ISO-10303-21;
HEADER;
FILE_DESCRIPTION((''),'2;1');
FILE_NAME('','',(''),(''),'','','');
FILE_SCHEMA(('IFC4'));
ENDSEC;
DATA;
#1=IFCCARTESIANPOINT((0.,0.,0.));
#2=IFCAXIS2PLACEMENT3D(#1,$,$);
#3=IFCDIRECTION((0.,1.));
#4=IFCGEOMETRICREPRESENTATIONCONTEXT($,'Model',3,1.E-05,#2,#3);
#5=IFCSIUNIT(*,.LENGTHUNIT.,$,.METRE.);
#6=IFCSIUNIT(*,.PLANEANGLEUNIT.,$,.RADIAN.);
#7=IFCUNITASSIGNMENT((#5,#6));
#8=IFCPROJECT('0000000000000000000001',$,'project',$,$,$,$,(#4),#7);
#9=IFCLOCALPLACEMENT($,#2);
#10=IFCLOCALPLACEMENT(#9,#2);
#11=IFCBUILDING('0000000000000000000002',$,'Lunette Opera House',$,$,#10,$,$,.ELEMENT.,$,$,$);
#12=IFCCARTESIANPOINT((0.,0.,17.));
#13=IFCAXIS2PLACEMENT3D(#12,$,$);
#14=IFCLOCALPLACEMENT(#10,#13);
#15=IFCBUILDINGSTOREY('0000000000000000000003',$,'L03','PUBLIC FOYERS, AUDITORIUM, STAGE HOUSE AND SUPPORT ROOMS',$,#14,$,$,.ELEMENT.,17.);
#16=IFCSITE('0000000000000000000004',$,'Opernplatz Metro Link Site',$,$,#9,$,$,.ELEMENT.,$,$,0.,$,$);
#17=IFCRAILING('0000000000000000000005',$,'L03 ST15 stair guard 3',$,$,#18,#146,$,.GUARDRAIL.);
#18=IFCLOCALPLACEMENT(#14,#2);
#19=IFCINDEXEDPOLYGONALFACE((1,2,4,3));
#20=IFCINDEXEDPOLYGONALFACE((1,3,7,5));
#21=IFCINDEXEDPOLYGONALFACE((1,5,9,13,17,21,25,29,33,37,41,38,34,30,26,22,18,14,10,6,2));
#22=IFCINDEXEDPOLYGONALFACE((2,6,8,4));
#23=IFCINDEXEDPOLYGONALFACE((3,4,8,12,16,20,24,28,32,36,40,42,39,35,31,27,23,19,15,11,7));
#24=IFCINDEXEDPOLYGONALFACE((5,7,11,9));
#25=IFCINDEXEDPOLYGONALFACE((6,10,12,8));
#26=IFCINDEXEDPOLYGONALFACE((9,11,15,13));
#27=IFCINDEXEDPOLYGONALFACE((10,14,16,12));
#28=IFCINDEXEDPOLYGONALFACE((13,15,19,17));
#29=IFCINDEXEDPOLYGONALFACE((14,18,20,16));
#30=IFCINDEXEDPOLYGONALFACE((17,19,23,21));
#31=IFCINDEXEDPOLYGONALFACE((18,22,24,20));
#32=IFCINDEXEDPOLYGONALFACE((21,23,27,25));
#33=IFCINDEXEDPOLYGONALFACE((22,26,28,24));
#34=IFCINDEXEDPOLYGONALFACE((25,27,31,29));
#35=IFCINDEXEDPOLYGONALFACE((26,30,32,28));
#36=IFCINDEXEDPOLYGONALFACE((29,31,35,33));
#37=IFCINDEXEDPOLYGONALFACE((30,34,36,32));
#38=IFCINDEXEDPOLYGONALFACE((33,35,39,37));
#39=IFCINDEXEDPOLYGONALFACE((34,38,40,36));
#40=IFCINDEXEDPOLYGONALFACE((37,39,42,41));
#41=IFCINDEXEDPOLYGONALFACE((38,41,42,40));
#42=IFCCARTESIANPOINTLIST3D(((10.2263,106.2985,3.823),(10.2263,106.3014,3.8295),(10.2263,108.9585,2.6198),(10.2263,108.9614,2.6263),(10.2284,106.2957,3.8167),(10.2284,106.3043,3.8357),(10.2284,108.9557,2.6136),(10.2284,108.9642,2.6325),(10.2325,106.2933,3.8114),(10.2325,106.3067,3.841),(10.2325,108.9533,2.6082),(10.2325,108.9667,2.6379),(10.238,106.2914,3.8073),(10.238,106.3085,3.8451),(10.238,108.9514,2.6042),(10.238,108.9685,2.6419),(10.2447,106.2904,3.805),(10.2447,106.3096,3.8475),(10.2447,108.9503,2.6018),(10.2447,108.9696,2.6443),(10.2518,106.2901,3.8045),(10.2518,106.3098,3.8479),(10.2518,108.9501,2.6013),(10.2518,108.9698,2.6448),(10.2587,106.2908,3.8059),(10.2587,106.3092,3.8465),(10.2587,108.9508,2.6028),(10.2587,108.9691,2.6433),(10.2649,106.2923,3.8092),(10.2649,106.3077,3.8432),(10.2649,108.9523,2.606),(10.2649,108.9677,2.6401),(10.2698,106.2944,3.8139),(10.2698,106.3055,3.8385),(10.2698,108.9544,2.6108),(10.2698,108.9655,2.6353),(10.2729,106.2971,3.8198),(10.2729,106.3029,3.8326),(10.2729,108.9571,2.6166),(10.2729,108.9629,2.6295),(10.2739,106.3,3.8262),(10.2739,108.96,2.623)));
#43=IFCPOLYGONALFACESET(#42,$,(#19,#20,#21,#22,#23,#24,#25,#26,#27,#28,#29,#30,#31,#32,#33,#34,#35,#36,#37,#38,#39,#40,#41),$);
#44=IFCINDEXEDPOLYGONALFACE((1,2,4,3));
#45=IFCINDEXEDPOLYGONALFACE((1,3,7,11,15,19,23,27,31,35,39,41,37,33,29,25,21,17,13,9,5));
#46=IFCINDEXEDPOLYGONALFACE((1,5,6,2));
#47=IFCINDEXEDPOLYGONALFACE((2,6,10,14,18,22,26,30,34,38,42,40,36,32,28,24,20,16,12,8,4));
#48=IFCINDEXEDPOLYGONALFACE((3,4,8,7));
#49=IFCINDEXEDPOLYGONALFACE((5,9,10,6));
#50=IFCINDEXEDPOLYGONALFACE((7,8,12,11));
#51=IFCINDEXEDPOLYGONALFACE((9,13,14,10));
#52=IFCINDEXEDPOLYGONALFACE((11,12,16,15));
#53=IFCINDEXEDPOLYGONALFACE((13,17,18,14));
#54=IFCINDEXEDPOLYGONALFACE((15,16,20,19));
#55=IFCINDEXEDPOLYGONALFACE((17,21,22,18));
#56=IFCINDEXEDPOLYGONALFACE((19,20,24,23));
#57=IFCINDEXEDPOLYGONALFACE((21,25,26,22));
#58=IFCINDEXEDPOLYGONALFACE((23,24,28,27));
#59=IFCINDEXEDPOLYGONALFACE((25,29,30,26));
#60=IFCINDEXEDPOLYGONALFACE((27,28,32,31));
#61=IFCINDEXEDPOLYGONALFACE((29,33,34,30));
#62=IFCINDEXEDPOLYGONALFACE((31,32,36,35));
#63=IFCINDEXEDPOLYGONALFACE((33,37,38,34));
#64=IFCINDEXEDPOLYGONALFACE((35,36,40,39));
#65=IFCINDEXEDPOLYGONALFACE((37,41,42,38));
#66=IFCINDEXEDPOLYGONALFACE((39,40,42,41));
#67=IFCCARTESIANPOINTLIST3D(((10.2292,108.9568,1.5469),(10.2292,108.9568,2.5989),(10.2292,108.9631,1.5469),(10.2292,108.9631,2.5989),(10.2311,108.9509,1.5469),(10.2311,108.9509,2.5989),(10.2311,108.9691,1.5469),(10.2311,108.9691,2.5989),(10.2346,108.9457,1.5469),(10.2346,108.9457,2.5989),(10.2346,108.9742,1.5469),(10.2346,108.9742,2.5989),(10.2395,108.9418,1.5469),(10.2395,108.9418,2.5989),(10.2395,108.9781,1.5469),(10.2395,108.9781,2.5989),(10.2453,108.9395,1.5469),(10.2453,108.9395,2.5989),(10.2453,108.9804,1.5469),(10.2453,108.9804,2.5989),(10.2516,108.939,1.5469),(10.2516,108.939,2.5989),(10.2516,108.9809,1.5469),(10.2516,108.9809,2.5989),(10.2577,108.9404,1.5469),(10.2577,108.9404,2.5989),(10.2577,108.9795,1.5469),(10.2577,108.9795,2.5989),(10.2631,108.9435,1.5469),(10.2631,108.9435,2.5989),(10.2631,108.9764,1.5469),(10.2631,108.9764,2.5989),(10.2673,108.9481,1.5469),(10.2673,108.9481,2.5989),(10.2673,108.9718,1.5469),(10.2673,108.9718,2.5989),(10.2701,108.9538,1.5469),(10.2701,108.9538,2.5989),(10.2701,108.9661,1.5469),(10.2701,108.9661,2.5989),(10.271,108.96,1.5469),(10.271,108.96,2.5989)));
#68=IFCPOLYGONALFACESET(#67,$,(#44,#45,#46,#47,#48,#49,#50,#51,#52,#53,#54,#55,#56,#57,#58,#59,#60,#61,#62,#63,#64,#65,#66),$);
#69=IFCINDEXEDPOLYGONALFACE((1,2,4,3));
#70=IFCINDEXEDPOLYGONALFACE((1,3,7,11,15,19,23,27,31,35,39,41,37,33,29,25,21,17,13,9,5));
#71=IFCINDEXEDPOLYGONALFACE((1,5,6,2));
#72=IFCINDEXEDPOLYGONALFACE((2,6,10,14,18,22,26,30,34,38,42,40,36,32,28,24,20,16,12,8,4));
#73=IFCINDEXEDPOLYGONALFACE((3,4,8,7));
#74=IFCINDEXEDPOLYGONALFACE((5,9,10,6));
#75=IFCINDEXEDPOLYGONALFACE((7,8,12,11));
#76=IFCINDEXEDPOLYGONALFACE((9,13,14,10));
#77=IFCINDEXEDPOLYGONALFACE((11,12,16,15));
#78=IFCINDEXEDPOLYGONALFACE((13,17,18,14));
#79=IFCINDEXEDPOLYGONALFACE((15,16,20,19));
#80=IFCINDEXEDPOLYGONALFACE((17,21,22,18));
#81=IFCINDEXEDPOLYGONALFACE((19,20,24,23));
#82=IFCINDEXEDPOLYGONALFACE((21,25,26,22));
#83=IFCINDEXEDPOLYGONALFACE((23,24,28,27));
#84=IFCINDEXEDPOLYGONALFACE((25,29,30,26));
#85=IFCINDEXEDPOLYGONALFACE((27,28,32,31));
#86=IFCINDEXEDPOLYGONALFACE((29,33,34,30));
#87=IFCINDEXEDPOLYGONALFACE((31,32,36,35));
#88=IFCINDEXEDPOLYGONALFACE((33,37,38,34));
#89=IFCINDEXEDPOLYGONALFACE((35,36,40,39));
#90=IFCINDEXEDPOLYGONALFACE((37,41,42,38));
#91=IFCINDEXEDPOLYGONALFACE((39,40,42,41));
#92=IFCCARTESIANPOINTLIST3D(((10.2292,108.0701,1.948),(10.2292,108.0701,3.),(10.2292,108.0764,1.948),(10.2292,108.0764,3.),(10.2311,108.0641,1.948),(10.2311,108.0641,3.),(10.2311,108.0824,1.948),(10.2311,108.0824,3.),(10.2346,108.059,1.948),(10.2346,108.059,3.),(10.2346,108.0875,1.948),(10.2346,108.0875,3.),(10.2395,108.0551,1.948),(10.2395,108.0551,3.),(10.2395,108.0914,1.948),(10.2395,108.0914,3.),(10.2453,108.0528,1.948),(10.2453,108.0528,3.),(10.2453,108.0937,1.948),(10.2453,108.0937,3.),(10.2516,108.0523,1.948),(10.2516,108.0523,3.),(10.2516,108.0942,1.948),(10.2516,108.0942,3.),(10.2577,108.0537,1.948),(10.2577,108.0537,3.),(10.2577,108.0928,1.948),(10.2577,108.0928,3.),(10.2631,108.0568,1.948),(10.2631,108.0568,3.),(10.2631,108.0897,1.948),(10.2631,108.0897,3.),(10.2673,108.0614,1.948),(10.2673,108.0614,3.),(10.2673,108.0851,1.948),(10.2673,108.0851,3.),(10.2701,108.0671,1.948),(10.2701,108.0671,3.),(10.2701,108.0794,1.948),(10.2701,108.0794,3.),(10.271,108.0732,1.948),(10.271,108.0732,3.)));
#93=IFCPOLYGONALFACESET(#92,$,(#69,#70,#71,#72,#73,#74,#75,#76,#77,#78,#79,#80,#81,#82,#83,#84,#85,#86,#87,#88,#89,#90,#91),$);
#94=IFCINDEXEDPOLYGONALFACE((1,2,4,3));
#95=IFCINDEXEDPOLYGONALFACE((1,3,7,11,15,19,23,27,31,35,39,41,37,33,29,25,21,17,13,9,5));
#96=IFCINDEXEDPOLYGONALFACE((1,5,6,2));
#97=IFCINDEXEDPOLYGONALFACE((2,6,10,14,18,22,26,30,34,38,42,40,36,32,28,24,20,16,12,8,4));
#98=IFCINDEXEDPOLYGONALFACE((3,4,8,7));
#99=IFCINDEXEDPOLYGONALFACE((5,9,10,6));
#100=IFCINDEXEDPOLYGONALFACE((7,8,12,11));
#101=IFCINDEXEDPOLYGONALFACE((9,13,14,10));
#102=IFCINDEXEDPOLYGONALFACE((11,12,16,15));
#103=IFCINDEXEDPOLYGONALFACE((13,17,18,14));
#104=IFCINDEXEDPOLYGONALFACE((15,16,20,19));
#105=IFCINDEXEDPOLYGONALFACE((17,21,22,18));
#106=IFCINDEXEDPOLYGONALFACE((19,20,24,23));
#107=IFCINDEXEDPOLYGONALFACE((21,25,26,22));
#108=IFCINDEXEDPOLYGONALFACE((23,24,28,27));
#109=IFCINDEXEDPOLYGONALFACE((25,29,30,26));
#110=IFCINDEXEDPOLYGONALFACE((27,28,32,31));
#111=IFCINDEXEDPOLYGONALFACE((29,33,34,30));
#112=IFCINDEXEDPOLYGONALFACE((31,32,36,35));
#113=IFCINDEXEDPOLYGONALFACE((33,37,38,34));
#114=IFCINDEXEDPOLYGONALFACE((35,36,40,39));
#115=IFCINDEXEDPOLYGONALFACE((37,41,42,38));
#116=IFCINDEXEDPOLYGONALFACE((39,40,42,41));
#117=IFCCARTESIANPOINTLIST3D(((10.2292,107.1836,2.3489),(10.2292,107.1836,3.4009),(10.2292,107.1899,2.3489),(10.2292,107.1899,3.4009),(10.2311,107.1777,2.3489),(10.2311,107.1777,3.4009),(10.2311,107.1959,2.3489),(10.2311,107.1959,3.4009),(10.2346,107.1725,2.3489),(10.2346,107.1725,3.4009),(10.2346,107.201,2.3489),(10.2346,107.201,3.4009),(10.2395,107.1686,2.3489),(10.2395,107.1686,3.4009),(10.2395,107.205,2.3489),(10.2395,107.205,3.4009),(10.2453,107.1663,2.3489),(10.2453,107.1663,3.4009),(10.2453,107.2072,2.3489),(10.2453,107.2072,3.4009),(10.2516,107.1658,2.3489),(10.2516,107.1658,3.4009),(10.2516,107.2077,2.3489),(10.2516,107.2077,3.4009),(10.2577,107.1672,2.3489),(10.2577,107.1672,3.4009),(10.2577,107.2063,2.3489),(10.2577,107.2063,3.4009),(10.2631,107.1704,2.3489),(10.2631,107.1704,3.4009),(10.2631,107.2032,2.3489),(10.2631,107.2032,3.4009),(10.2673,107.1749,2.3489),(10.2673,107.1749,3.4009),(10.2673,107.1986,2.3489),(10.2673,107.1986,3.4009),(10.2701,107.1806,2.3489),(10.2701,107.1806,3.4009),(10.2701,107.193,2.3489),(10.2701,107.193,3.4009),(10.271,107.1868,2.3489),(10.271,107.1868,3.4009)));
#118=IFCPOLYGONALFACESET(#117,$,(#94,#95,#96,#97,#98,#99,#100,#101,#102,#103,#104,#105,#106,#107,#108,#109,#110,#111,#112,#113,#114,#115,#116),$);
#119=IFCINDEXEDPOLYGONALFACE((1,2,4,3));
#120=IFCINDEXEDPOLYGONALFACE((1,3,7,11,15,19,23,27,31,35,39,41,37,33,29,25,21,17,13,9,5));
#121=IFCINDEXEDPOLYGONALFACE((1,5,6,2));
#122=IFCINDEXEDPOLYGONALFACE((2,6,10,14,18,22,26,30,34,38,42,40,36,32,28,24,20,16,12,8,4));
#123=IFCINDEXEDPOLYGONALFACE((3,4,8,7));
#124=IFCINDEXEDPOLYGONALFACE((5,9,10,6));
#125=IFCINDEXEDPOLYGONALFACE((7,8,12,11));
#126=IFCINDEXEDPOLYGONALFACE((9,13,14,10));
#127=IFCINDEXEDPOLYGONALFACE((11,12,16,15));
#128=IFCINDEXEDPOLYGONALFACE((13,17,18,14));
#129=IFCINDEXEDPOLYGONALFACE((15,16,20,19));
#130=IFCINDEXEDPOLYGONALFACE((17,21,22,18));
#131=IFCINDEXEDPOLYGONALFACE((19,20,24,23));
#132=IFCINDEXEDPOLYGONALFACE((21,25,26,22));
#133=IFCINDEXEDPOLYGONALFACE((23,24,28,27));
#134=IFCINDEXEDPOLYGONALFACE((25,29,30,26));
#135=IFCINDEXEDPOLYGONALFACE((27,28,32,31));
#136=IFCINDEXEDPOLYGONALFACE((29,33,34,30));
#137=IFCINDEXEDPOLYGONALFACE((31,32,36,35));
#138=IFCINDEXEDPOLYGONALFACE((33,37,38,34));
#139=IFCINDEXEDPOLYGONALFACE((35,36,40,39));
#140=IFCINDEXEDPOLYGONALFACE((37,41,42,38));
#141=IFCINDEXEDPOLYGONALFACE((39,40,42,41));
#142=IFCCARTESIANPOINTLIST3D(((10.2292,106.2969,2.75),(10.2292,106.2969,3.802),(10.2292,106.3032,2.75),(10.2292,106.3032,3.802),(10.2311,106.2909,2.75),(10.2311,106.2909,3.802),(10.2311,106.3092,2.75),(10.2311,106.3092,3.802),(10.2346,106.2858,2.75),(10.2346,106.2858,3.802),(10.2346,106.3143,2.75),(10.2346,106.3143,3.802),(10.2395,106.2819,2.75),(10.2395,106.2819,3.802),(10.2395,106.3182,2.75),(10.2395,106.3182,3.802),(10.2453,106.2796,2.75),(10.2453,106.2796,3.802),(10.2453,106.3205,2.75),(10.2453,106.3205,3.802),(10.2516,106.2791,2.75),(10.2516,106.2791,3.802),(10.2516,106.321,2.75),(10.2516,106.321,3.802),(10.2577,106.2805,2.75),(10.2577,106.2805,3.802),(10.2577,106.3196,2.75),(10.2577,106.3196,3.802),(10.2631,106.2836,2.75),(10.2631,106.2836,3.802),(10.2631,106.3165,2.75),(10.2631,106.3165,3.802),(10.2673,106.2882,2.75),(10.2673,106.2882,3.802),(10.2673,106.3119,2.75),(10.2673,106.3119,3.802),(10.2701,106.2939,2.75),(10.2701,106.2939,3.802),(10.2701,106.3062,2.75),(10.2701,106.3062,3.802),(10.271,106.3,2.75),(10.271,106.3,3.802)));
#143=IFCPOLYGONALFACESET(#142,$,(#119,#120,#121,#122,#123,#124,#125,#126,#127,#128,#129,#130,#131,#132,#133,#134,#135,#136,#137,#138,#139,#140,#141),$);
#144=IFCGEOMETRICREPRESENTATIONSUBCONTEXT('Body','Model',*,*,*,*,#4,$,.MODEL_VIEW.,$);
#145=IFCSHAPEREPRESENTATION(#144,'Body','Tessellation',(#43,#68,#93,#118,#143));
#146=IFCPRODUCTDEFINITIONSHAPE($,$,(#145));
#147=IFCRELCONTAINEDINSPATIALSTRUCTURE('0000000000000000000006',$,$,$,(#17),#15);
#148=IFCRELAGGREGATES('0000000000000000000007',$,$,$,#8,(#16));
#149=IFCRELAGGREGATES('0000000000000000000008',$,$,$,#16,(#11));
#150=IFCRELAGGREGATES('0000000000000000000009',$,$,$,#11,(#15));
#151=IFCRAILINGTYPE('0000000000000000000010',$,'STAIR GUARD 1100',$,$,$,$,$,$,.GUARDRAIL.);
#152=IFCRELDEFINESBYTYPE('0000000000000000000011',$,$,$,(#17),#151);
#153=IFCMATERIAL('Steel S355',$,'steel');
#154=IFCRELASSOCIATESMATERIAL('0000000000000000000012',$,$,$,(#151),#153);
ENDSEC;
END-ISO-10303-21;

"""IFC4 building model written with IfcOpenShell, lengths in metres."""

from ifc_helpers import new_model, si_unit, direction, frame, origin, origin_2d, place, context, subcontext, project, spatial, circle, extrude, material, type_object, element, save


model = new_model("IFC4")

# Units and contexts
model_context = context("Model", 3, precision=1e-05, world=origin(), true_north=direction((0.0, 1.0)))
body_context = subcontext(model_context, "Body", "Model", "MODEL_VIEW")
ifc_project = project(units=[si_unit("LENGTHUNIT", "METRE"), si_unit("PLANEANGLEUNIT", "RADIAN")], contexts=[model_context])

# Site, building, storey
site_placement = place(None, origin())
site = spatial("IfcSite", under=ifc_project, at=site_placement, Name="Opernplatz Metro Link Site", CompositionType="ELEMENT", RefElevation=0.0)
building_placement = place(site_placement, origin())
building = spatial("IfcBuilding", under=site, at=building_placement, Name="Lunette Opera House", CompositionType="ELEMENT")
storey_placement = place(building_placement, frame((0.0, 0.0, 17.0)))
storey = spatial("IfcBuildingStorey", under=building, at=storey_placement, Name="L03", Description="PUBLIC FOYERS, AUDITORIUM, STAGE HOUSE AND SUPPORT ROOMS", CompositionType="ELEMENT", Elevation=17.0)

# Railing
ifc_material_1 = material(Name="Steel S355", Category="steel")
railing_type_1 = type_object("IfcRailingType", Name="STAIR GUARD 1100", PredefinedType="GUARDRAIL", material=ifc_material_1)
railing_1_placement = place(storey_placement, frame((10.25, 108.96, 1.5469)))
element("IfcRailing", 1, at=railing_1_placement, inside=storey, type_object=railing_type_1, Name="L03 ST15 stair guard 3", PredefinedType="GUARDRAIL", context=body_context, shape_type="SweptSolid", body=[
    extrude(circle(Radius=0.0239, at=origin_2d()), frame((0.0, 0.0, 1.0762), z_axis=(0.0, -0.91113, 0.41212), x_axis=(1.0, 0.0, 0.0)), (0.0, 0.0, 1.0), 2.9194),
    extrude(circle(Radius=0.021, at=origin_2d()), origin(), (0.0, 0.0, 1.0), 1.052),
    extrude(circle(Radius=0.021, at=origin_2d()), frame((0.0, -0.8867, 0.4011)), (0.0, 0.0, 1.0), 1.052),
    extrude(circle(Radius=0.021, at=origin_2d()), frame((0.0, -1.7732, 0.802)), (0.0, 0.0, 1.0), 1.052),
    extrude(circle(Radius=0.021, at=origin_2d()), frame((0.0, -2.6599, 1.2031)), (0.0, 0.0, 1.0), 1.052),
])

save(model, "model.ifc")
